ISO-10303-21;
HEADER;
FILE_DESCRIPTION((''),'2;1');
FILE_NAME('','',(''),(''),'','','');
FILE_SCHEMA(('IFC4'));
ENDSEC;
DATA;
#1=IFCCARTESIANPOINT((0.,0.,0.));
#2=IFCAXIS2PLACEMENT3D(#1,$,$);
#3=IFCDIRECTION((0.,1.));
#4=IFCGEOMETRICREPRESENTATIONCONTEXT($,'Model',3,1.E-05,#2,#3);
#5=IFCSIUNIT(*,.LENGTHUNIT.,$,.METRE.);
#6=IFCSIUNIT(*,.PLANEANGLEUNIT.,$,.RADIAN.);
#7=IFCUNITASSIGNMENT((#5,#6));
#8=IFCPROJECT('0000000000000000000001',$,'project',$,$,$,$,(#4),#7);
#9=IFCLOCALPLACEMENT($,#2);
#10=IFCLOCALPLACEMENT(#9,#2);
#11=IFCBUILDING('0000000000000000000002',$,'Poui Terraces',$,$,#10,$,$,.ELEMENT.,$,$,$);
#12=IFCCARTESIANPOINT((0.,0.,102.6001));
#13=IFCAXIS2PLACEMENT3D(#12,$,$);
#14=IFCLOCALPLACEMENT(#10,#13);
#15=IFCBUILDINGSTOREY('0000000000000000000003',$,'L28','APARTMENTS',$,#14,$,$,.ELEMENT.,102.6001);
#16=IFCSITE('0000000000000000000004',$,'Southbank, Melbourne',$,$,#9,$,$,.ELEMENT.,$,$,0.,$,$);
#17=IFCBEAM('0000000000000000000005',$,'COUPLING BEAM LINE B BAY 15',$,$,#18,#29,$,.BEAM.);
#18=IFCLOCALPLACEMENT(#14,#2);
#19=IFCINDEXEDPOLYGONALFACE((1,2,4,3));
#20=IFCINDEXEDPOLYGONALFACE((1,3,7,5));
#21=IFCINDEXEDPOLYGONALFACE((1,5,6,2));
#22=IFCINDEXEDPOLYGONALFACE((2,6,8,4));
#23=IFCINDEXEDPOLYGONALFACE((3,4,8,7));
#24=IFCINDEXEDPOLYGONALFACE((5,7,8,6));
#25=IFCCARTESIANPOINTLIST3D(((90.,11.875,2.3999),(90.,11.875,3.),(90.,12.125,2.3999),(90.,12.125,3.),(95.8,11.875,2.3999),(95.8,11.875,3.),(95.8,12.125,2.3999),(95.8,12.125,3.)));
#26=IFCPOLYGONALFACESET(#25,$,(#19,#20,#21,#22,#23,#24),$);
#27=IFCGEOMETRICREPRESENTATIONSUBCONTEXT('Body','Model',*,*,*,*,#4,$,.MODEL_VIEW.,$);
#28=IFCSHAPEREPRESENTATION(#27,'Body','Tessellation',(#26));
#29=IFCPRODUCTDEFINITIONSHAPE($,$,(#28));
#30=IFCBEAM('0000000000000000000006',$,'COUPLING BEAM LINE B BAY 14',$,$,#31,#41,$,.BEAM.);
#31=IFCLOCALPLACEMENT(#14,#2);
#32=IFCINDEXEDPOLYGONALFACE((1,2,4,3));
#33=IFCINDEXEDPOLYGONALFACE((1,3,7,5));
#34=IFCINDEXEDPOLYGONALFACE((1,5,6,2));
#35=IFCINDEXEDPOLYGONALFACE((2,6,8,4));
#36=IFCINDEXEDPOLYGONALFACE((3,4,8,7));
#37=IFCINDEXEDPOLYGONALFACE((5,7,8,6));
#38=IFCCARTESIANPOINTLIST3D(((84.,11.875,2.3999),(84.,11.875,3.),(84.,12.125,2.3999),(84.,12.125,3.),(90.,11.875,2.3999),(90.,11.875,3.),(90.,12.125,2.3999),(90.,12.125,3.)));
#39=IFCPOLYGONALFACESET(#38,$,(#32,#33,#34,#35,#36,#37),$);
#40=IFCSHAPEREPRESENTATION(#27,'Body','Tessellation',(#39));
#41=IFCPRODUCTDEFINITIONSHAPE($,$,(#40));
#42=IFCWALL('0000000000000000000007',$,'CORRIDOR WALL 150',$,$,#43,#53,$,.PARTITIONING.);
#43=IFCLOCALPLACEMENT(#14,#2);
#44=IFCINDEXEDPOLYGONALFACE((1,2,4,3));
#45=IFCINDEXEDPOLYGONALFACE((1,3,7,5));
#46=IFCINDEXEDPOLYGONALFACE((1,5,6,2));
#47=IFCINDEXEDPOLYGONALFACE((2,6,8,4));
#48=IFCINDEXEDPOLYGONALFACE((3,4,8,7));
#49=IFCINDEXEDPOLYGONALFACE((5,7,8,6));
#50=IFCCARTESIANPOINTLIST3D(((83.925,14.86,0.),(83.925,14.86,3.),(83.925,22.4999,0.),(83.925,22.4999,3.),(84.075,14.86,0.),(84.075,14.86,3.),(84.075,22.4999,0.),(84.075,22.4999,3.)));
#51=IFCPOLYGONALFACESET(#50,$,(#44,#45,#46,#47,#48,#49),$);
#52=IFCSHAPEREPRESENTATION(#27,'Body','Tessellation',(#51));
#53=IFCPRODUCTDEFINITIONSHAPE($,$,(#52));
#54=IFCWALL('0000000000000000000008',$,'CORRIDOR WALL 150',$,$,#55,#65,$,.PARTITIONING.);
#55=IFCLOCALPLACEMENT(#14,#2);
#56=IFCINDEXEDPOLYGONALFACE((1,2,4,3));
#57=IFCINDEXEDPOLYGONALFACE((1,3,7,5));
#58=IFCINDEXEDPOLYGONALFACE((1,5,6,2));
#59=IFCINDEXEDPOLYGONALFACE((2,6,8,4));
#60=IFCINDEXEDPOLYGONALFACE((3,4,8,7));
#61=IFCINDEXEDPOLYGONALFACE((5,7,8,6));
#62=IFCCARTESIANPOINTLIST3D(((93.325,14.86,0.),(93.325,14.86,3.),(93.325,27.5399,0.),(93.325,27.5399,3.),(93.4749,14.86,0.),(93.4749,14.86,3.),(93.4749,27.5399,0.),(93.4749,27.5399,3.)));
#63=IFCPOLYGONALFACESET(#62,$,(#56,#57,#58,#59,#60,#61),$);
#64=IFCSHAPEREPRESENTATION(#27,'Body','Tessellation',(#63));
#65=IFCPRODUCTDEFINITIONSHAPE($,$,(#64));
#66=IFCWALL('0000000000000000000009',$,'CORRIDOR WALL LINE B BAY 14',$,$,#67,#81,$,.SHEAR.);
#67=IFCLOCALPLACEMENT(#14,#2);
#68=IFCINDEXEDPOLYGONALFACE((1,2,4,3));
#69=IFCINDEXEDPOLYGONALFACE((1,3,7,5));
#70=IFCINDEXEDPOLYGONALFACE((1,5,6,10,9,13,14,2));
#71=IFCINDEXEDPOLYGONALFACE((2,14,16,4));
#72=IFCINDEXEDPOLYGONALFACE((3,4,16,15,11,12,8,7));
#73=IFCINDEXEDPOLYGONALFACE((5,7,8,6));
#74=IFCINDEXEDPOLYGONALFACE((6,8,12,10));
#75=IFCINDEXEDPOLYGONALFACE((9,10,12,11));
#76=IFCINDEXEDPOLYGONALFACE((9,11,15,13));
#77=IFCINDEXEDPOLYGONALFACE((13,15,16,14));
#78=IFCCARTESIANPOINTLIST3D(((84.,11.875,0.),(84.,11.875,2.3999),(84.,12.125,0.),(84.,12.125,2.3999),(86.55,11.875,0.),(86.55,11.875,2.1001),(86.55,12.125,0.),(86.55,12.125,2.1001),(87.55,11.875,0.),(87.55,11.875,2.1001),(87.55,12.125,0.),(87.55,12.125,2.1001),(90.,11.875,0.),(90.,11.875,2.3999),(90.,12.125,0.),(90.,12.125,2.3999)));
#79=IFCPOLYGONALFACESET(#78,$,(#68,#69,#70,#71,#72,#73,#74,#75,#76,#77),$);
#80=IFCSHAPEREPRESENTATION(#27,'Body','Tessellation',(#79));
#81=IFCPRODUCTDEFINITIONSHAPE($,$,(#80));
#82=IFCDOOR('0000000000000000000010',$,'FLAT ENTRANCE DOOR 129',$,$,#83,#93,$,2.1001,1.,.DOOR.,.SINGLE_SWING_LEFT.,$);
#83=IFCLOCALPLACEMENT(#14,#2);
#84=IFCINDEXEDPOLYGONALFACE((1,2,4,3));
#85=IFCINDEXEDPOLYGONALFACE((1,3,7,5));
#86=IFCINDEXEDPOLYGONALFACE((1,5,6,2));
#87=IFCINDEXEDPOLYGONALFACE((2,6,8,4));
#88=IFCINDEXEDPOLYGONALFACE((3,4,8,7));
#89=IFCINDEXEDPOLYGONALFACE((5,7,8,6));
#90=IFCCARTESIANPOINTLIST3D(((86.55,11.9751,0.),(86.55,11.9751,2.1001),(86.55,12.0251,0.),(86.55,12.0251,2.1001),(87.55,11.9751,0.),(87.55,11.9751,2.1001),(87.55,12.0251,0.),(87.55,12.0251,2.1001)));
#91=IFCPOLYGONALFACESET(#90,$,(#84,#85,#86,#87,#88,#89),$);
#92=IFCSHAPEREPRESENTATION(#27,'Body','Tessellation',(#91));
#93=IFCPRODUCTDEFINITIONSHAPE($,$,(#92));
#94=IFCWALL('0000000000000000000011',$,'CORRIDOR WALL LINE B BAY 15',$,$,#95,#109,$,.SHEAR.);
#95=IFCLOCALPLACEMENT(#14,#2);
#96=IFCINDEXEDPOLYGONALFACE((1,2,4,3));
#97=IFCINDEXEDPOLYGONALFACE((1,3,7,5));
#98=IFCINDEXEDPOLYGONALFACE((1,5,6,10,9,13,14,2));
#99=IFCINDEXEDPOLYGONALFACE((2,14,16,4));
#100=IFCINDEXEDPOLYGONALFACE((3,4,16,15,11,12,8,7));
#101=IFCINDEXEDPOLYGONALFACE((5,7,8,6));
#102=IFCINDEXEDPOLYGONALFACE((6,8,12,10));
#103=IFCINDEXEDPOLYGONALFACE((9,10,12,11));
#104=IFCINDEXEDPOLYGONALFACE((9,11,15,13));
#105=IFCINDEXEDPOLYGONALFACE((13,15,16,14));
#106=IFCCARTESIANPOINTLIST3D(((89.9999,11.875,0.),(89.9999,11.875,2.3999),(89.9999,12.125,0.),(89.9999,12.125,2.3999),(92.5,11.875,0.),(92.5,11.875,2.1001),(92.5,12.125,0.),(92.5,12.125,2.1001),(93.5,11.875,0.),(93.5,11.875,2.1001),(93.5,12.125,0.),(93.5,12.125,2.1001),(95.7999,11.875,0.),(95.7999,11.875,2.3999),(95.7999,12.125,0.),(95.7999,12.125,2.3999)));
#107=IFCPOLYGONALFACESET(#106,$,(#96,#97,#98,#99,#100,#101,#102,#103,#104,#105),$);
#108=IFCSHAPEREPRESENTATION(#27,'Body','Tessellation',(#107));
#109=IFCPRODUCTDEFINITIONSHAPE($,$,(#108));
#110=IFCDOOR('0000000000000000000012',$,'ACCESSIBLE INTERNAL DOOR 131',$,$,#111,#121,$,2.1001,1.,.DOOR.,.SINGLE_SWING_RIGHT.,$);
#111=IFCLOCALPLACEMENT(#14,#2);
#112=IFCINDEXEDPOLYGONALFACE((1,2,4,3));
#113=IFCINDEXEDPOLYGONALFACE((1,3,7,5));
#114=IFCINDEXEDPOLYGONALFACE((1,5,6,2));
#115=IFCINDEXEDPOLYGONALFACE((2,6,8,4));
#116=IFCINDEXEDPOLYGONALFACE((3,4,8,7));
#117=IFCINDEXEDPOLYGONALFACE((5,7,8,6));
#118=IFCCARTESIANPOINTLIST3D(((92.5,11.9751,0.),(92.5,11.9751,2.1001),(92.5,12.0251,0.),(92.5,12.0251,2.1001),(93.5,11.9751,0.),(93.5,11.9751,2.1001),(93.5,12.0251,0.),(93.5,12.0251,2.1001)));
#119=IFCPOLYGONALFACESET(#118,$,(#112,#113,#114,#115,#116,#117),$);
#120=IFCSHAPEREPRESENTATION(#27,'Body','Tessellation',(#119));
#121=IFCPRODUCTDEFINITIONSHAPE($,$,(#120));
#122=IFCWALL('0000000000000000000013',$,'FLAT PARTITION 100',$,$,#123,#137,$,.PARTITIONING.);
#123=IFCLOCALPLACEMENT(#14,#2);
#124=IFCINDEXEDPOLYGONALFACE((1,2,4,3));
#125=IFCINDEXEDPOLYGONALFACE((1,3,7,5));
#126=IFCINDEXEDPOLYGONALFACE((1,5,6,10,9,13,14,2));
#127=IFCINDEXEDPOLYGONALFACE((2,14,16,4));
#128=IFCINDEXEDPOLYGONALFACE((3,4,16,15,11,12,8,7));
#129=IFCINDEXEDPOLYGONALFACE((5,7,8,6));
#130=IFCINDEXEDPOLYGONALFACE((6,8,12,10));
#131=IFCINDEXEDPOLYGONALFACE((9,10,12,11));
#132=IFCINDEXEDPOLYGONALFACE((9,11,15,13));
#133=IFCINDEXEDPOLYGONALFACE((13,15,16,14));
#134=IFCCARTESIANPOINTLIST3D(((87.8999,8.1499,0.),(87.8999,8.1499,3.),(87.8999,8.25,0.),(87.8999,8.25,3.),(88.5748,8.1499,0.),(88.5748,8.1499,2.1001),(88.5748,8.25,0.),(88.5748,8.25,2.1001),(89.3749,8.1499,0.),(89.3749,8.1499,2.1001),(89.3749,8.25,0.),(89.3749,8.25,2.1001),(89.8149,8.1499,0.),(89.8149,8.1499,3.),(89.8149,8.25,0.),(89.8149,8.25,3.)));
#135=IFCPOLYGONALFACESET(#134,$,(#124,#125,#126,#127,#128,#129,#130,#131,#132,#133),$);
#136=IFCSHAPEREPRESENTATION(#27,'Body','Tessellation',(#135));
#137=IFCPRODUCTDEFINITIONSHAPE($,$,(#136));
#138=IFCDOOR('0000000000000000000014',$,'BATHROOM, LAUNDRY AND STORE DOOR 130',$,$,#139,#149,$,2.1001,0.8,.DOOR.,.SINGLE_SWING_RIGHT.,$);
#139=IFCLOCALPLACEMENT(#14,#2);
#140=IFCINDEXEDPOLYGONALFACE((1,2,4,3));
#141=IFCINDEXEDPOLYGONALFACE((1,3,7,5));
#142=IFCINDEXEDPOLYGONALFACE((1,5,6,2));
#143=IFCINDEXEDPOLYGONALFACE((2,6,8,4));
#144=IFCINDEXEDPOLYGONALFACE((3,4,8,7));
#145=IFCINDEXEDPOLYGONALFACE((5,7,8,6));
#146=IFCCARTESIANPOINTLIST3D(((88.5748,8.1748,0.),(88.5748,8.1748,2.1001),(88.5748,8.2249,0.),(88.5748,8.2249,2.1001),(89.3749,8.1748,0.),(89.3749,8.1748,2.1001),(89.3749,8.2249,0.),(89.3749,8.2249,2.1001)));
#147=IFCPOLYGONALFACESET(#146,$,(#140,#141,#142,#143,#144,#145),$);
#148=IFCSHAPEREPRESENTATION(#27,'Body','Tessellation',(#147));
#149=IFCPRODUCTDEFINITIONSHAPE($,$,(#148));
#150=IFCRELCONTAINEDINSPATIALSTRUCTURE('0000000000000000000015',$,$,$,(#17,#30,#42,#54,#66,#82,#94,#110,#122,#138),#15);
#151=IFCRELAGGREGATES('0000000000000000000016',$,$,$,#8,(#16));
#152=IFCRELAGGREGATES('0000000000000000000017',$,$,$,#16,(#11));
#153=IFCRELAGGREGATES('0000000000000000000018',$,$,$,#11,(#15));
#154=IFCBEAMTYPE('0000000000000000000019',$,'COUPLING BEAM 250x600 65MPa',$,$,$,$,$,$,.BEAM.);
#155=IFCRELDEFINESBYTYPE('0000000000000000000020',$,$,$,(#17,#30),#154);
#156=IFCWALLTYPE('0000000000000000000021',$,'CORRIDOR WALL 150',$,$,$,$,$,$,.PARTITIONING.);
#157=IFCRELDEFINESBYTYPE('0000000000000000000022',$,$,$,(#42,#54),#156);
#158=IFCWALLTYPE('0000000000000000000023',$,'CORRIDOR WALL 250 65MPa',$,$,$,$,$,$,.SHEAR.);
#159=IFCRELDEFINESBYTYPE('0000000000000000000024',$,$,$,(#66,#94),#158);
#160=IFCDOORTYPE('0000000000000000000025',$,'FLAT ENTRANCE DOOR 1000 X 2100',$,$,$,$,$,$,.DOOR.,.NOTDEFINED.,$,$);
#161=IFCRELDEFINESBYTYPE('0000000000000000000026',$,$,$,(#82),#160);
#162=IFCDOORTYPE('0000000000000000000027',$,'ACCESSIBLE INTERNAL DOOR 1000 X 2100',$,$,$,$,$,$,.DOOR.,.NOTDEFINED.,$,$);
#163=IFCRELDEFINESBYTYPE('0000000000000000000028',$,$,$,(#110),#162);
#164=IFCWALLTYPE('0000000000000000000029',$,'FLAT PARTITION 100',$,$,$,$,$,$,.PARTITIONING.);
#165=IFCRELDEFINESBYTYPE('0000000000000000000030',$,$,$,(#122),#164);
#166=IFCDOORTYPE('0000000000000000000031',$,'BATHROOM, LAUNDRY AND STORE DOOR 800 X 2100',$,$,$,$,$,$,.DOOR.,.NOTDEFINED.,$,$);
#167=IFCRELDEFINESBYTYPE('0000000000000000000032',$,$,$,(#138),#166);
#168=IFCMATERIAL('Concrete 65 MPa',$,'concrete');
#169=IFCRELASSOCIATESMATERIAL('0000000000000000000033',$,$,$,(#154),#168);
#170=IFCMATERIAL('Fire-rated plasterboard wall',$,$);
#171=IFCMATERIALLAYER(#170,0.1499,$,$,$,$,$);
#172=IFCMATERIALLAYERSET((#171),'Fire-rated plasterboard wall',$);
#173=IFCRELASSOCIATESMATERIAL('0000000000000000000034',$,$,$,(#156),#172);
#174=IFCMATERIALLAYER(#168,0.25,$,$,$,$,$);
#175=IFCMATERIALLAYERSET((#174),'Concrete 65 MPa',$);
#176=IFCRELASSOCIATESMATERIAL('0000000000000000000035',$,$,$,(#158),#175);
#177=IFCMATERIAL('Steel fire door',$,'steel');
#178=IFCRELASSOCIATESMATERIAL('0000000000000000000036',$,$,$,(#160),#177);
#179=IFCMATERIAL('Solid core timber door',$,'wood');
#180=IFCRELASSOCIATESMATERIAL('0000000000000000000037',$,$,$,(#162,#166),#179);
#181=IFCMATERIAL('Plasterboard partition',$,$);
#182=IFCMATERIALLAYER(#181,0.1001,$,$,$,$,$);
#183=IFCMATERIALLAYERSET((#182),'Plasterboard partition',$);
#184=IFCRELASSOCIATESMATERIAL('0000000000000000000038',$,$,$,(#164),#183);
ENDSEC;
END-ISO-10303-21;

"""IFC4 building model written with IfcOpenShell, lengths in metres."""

from ifc_helpers import new_model, si_unit, direction, frame, frame_2d, origin, origin_2d, place, context, subcontext, project, spatial, rectangle, extrude, source, transform, mapped, material, layer, layer_set, material_profile, profile_set, type_object, element, fill, save


model = new_model("IFC4")

# Units and contexts
model_context = context("Model", 3, precision=1e-05, world=origin(), true_north=direction((0.0, 1.0)))
body_context = subcontext(model_context, "Body", "Model", "MODEL_VIEW")
ifc_project = project(units=[si_unit("LENGTHUNIT", "METRE"), si_unit("PLANEANGLEUNIT", "RADIAN")], contexts=[model_context])

# Site, building, storey
site_placement = place(None, origin())
site = spatial("IfcSite", under=ifc_project, at=site_placement, Name="Southbank, Melbourne", CompositionType="ELEMENT", RefElevation=0.0)
building_placement = place(site_placement, origin())
building = spatial("IfcBuilding", under=site, at=building_placement, Name="Poui Terraces", CompositionType="ELEMENT")
storey_placement = place(building_placement, frame((0.0, 0.0, 102.6001)))
storey = spatial("IfcBuildingStorey", under=building, at=storey_placement, Name="L28", Description="APARTMENTS", CompositionType="ELEMENT", Elevation=102.6001)

# Beams
ifc_material_1 = material(Name="Concrete 65 MPa", Category="concrete")
ifc_material_profile = material_profile(ifc_material_1, rectangle(XDim=0.25, YDim=0.6001, at=origin_2d()), Name="RC 250x600")
ifc_profile_set = profile_set([ifc_material_profile], Name="Concrete 65 MPa")
beam_type = type_object("IfcBeamType", Name="COUPLING BEAM 250x600 65MPa", PredefinedType="BEAM", material=ifc_profile_set)
shared_shape_1 = source(origin(), body_context, "Body", "SweptSolid", [
    extrude(rectangle(XDim=0.25, YDim=0.6001, at=origin_2d()), origin(), (0.0, 0.0, 1.0), 5.8),
])
beam_1_placement = place(storey_placement, frame((90.0, 12.0, 2.7), z_axis=(1.0, 0.0, 0.0), x_axis=(0.0, 1.0, 0.0)))
element("IfcBeam", 1, at=beam_1_placement, inside=storey, type_object=beam_type, Name="COUPLING BEAM LINE B BAY 15", PredefinedType="BEAM", context=body_context, shape_type="MappedRepresentation", body=[
    mapped(shared_shape_1, transform((0.0, 0.0, 0.0))),
])
shared_shape_2 = source(origin(), body_context, "Body", "SweptSolid", [
    extrude(rectangle(XDim=0.25, YDim=0.6001, at=origin_2d()), origin(), (0.0, 0.0, 1.0), 6.0),
])
beam_2_placement = place(storey_placement, frame((84.0, 12.0, 2.7), z_axis=(1.0, 0.0, 0.0), x_axis=(0.0, 1.0, 0.0)))
element("IfcBeam", 2, at=beam_2_placement, inside=storey, type_object=beam_type, Name="COUPLING BEAM LINE B BAY 14", PredefinedType="BEAM", context=body_context, shape_type="MappedRepresentation", body=[
    mapped(shared_shape_2, transform((0.0, 0.0, 0.0))),
])

# Walls
ifc_material_2 = material(Name="Fire-rated plasterboard wall")
ifc_layer_1 = layer(ifc_material_2, 0.1499)
ifc_layer_set_1 = layer_set([ifc_layer_1], Name="Fire-rated plasterboard wall")
wall_type_1 = type_object("IfcWallType", Name="CORRIDOR WALL 150", PredefinedType="PARTITIONING", material=ifc_layer_set_1)
wall_1_placement = place(storey_placement, frame((84.0, 14.8601, 0.0), z_axis=(0.0, 0.0, 1.0), x_axis=(0.0, 1.0, 0.0)))
element("IfcWall", 3, at=wall_1_placement, inside=storey, type_object=wall_type_1, Name="CORRIDOR WALL 150", PredefinedType="PARTITIONING", context=body_context, shape_type="SweptSolid", body=[
    extrude(rectangle(XDim=7.6399, YDim=0.1499, at=frame_2d((3.8198, 0.0))), origin(), (0.0, 0.0, 1.0), 3.0),
])
wall_2_placement = place(storey_placement, frame((93.3999, 14.8601, 0.0), z_axis=(0.0, 0.0, 1.0), x_axis=(0.0, 1.0, 0.0)))
element("IfcWall", 4, at=wall_2_placement, inside=storey, type_object=wall_type_1, Name="CORRIDOR WALL 150", PredefinedType="PARTITIONING", context=body_context, shape_type="SweptSolid", body=[
    extrude(rectangle(XDim=12.6799, YDim=0.1499, at=frame_2d((6.3398, 0.0))), origin(), (0.0, 0.0, 1.0), 3.0),
])

# Walls, openings, doors
ifc_layer_2 = layer(ifc_material_1, 0.25)
ifc_layer_set_2 = layer_set([ifc_layer_2], Name="Concrete 65 MPa")
wall_type_2 = type_object("IfcWallType", Name="CORRIDOR WALL 250 65MPa", PredefinedType="SHEAR", material=ifc_layer_set_2)
wall_3_placement = place(storey_placement, frame((84.0, 12.0, 0.0), z_axis=(0.0, 0.0, 1.0), x_axis=(1.0, 0.0, 0.0)))
wall_3 = element("IfcWall", 5, at=wall_3_placement, inside=storey, type_object=wall_type_2, Name="CORRIDOR WALL LINE B BAY 14", PredefinedType="SHEAR", context=body_context, shape_type="SweptSolid", body=[
    extrude(rectangle(XDim=6.0, YDim=0.25, at=frame_2d((3.0, 0.0))), origin(), (0.0, 0.0, 1.0), 2.3999),
])
opening_1_placement = place(wall_3_placement, frame((2.55, 0.0, 0.0)))
opening_1 = element("IfcOpeningElement", 6, at=opening_1_placement, cuts=wall_3, PredefinedType="OPENING", context=body_context, shape_type="SweptSolid", body=[
    extrude(rectangle(XDim=1.0, YDim=2.1001, at=frame_2d((0.5, 1.05))), frame((0.0, 0.135, 0.0), z_axis=(0.0, -1.0, 0.0), x_axis=(1.0, 0.0, 0.0)), (0.0, 0.0, 1.0), 0.27),
])
ifc_material_3 = material(Name="Steel fire door", Category="steel")
door_type_1 = type_object("IfcDoorType", Name="FLAT ENTRANCE DOOR 1000 X 2100", OperationType="NOTDEFINED", PredefinedType="DOOR", material=ifc_material_3)
door_1_placement = place(opening_1_placement, frame((1.0, 0.0, 0.0), z_axis=(0.0, 0.0, 1.0), x_axis=(-1.0, 0.0, 0.0)))
door_1 = element("IfcDoor", 7, at=door_1_placement, inside=storey, type_object=door_type_1, Name="FLAT ENTRANCE DOOR 129", OperationType="SINGLE_SWING_LEFT", OverallHeight=2.1001, OverallWidth=1.0, PredefinedType="DOOR", context=body_context, shape_type="SweptSolid", body=[
    extrude(rectangle(XDim=1.0, YDim=2.1001, at=frame_2d((0.5, 1.05))), frame((0.0, 0.0249, 0.0), z_axis=(0.0, -1.0, 0.0), x_axis=(1.0, 0.0, 0.0)), (0.0, 0.0, 1.0), 0.05),
])
fill(opening_1, door_1)
wall_4_placement = place(storey_placement, frame((90.0, 12.0, 0.0), z_axis=(0.0, 0.0, 1.0), x_axis=(1.0, 0.0, 0.0)))
wall_4 = element("IfcWall", 8, at=wall_4_placement, inside=storey, type_object=wall_type_2, Name="CORRIDOR WALL LINE B BAY 15", PredefinedType="SHEAR", context=body_context, shape_type="SweptSolid", body=[
    extrude(rectangle(XDim=5.8, YDim=0.25, at=frame_2d((2.8999, 0.0))), origin(), (0.0, 0.0, 1.0), 2.3999),
])
opening_2_placement = place(wall_4_placement, frame((2.5, 0.0, 0.0)))
opening_2 = element("IfcOpeningElement", 9, at=opening_2_placement, cuts=wall_4, PredefinedType="OPENING", context=body_context, shape_type="SweptSolid", body=[
    extrude(rectangle(XDim=1.0, YDim=2.1001, at=frame_2d((0.5, 1.05))), frame((0.0, 0.135, 0.0), z_axis=(0.0, -1.0, 0.0), x_axis=(1.0, 0.0, 0.0)), (0.0, 0.0, 1.0), 0.27),
])
ifc_material_4 = material(Name="Solid core timber door", Category="wood")
door_type_2 = type_object("IfcDoorType", Name="ACCESSIBLE INTERNAL DOOR 1000 X 2100", OperationType="NOTDEFINED", PredefinedType="DOOR", material=ifc_material_4)
door_2_placement = place(opening_2_placement, frame((1.0, 0.0, 0.0), z_axis=(0.0, 0.0, 1.0), x_axis=(-1.0, 0.0, 0.0)))
door_2 = element("IfcDoor", 10, at=door_2_placement, inside=storey, type_object=door_type_2, Name="ACCESSIBLE INTERNAL DOOR 131", OperationType="SINGLE_SWING_RIGHT", OverallHeight=2.1001, OverallWidth=1.0, PredefinedType="DOOR", context=body_context, shape_type="SweptSolid", body=[
    extrude(rectangle(XDim=1.0, YDim=2.1001, at=frame_2d((0.5, 1.05))), frame((0.0, 0.0249, 0.0), z_axis=(0.0, -1.0, 0.0), x_axis=(1.0, 0.0, 0.0)), (0.0, 0.0, 1.0), 0.05),
])
fill(opening_2, door_2)
ifc_material_5 = material(Name="Plasterboard partition")
ifc_layer_3 = layer(ifc_material_5, 0.1001)
ifc_layer_set_3 = layer_set([ifc_layer_3], Name="Plasterboard partition")
wall_type_3 = type_object("IfcWallType", Name="FLAT PARTITION 100", PredefinedType="PARTITIONING", material=ifc_layer_set_3)
wall_5_placement = place(storey_placement, frame((87.8999, 8.2, 0.0), z_axis=(0.0, 0.0, 1.0), x_axis=(1.0, 0.0, 0.0)))
wall_5 = element("IfcWall", 11, at=wall_5_placement, inside=storey, type_object=wall_type_3, Name="FLAT PARTITION 100", PredefinedType="PARTITIONING", context=body_context, shape_type="SweptSolid", body=[
    extrude(rectangle(XDim=1.915, YDim=0.1001, at=frame_2d((0.9575, 0.0))), origin(), (0.0, 0.0, 1.0), 3.0),
])
opening_3_placement = place(wall_5_placement, frame((0.675, 0.0, 0.0)))
opening_3 = element("IfcOpeningElement", 12, at=opening_3_placement, cuts=wall_5, PredefinedType="OPENING", context=body_context, shape_type="SweptSolid", body=[
    extrude(rectangle(XDim=0.8, YDim=2.1001, at=frame_2d((0.3999, 1.05))), frame((0.0, 0.0601, 0.0), z_axis=(0.0, -1.0, 0.0), x_axis=(1.0, 0.0, 0.0)), (0.0, 0.0, 1.0), 0.1201),
])
door_type_3 = type_object("IfcDoorType", Name="BATHROOM, LAUNDRY AND STORE DOOR 800 X 2100", OperationType="NOTDEFINED", PredefinedType="DOOR", material=ifc_material_4)
door_3_placement = place(opening_3_placement, origin())
door_3 = element("IfcDoor", 13, at=door_3_placement, inside=storey, type_object=door_type_3, Name="BATHROOM, LAUNDRY AND STORE DOOR 130", OperationType="SINGLE_SWING_RIGHT", OverallHeight=2.1001, OverallWidth=0.8, PredefinedType="DOOR", context=body_context, shape_type="SweptSolid", body=[
    extrude(rectangle(XDim=0.8, YDim=2.1001, at=frame_2d((0.3999, 1.05))), frame((0.0, 0.0249, 0.0), z_axis=(0.0, -1.0, 0.0), x_axis=(1.0, 0.0, 0.0)), (0.0, 0.0, 1.0), 0.05),
])
fill(opening_3, door_3)

save(model, "model.ifc")
